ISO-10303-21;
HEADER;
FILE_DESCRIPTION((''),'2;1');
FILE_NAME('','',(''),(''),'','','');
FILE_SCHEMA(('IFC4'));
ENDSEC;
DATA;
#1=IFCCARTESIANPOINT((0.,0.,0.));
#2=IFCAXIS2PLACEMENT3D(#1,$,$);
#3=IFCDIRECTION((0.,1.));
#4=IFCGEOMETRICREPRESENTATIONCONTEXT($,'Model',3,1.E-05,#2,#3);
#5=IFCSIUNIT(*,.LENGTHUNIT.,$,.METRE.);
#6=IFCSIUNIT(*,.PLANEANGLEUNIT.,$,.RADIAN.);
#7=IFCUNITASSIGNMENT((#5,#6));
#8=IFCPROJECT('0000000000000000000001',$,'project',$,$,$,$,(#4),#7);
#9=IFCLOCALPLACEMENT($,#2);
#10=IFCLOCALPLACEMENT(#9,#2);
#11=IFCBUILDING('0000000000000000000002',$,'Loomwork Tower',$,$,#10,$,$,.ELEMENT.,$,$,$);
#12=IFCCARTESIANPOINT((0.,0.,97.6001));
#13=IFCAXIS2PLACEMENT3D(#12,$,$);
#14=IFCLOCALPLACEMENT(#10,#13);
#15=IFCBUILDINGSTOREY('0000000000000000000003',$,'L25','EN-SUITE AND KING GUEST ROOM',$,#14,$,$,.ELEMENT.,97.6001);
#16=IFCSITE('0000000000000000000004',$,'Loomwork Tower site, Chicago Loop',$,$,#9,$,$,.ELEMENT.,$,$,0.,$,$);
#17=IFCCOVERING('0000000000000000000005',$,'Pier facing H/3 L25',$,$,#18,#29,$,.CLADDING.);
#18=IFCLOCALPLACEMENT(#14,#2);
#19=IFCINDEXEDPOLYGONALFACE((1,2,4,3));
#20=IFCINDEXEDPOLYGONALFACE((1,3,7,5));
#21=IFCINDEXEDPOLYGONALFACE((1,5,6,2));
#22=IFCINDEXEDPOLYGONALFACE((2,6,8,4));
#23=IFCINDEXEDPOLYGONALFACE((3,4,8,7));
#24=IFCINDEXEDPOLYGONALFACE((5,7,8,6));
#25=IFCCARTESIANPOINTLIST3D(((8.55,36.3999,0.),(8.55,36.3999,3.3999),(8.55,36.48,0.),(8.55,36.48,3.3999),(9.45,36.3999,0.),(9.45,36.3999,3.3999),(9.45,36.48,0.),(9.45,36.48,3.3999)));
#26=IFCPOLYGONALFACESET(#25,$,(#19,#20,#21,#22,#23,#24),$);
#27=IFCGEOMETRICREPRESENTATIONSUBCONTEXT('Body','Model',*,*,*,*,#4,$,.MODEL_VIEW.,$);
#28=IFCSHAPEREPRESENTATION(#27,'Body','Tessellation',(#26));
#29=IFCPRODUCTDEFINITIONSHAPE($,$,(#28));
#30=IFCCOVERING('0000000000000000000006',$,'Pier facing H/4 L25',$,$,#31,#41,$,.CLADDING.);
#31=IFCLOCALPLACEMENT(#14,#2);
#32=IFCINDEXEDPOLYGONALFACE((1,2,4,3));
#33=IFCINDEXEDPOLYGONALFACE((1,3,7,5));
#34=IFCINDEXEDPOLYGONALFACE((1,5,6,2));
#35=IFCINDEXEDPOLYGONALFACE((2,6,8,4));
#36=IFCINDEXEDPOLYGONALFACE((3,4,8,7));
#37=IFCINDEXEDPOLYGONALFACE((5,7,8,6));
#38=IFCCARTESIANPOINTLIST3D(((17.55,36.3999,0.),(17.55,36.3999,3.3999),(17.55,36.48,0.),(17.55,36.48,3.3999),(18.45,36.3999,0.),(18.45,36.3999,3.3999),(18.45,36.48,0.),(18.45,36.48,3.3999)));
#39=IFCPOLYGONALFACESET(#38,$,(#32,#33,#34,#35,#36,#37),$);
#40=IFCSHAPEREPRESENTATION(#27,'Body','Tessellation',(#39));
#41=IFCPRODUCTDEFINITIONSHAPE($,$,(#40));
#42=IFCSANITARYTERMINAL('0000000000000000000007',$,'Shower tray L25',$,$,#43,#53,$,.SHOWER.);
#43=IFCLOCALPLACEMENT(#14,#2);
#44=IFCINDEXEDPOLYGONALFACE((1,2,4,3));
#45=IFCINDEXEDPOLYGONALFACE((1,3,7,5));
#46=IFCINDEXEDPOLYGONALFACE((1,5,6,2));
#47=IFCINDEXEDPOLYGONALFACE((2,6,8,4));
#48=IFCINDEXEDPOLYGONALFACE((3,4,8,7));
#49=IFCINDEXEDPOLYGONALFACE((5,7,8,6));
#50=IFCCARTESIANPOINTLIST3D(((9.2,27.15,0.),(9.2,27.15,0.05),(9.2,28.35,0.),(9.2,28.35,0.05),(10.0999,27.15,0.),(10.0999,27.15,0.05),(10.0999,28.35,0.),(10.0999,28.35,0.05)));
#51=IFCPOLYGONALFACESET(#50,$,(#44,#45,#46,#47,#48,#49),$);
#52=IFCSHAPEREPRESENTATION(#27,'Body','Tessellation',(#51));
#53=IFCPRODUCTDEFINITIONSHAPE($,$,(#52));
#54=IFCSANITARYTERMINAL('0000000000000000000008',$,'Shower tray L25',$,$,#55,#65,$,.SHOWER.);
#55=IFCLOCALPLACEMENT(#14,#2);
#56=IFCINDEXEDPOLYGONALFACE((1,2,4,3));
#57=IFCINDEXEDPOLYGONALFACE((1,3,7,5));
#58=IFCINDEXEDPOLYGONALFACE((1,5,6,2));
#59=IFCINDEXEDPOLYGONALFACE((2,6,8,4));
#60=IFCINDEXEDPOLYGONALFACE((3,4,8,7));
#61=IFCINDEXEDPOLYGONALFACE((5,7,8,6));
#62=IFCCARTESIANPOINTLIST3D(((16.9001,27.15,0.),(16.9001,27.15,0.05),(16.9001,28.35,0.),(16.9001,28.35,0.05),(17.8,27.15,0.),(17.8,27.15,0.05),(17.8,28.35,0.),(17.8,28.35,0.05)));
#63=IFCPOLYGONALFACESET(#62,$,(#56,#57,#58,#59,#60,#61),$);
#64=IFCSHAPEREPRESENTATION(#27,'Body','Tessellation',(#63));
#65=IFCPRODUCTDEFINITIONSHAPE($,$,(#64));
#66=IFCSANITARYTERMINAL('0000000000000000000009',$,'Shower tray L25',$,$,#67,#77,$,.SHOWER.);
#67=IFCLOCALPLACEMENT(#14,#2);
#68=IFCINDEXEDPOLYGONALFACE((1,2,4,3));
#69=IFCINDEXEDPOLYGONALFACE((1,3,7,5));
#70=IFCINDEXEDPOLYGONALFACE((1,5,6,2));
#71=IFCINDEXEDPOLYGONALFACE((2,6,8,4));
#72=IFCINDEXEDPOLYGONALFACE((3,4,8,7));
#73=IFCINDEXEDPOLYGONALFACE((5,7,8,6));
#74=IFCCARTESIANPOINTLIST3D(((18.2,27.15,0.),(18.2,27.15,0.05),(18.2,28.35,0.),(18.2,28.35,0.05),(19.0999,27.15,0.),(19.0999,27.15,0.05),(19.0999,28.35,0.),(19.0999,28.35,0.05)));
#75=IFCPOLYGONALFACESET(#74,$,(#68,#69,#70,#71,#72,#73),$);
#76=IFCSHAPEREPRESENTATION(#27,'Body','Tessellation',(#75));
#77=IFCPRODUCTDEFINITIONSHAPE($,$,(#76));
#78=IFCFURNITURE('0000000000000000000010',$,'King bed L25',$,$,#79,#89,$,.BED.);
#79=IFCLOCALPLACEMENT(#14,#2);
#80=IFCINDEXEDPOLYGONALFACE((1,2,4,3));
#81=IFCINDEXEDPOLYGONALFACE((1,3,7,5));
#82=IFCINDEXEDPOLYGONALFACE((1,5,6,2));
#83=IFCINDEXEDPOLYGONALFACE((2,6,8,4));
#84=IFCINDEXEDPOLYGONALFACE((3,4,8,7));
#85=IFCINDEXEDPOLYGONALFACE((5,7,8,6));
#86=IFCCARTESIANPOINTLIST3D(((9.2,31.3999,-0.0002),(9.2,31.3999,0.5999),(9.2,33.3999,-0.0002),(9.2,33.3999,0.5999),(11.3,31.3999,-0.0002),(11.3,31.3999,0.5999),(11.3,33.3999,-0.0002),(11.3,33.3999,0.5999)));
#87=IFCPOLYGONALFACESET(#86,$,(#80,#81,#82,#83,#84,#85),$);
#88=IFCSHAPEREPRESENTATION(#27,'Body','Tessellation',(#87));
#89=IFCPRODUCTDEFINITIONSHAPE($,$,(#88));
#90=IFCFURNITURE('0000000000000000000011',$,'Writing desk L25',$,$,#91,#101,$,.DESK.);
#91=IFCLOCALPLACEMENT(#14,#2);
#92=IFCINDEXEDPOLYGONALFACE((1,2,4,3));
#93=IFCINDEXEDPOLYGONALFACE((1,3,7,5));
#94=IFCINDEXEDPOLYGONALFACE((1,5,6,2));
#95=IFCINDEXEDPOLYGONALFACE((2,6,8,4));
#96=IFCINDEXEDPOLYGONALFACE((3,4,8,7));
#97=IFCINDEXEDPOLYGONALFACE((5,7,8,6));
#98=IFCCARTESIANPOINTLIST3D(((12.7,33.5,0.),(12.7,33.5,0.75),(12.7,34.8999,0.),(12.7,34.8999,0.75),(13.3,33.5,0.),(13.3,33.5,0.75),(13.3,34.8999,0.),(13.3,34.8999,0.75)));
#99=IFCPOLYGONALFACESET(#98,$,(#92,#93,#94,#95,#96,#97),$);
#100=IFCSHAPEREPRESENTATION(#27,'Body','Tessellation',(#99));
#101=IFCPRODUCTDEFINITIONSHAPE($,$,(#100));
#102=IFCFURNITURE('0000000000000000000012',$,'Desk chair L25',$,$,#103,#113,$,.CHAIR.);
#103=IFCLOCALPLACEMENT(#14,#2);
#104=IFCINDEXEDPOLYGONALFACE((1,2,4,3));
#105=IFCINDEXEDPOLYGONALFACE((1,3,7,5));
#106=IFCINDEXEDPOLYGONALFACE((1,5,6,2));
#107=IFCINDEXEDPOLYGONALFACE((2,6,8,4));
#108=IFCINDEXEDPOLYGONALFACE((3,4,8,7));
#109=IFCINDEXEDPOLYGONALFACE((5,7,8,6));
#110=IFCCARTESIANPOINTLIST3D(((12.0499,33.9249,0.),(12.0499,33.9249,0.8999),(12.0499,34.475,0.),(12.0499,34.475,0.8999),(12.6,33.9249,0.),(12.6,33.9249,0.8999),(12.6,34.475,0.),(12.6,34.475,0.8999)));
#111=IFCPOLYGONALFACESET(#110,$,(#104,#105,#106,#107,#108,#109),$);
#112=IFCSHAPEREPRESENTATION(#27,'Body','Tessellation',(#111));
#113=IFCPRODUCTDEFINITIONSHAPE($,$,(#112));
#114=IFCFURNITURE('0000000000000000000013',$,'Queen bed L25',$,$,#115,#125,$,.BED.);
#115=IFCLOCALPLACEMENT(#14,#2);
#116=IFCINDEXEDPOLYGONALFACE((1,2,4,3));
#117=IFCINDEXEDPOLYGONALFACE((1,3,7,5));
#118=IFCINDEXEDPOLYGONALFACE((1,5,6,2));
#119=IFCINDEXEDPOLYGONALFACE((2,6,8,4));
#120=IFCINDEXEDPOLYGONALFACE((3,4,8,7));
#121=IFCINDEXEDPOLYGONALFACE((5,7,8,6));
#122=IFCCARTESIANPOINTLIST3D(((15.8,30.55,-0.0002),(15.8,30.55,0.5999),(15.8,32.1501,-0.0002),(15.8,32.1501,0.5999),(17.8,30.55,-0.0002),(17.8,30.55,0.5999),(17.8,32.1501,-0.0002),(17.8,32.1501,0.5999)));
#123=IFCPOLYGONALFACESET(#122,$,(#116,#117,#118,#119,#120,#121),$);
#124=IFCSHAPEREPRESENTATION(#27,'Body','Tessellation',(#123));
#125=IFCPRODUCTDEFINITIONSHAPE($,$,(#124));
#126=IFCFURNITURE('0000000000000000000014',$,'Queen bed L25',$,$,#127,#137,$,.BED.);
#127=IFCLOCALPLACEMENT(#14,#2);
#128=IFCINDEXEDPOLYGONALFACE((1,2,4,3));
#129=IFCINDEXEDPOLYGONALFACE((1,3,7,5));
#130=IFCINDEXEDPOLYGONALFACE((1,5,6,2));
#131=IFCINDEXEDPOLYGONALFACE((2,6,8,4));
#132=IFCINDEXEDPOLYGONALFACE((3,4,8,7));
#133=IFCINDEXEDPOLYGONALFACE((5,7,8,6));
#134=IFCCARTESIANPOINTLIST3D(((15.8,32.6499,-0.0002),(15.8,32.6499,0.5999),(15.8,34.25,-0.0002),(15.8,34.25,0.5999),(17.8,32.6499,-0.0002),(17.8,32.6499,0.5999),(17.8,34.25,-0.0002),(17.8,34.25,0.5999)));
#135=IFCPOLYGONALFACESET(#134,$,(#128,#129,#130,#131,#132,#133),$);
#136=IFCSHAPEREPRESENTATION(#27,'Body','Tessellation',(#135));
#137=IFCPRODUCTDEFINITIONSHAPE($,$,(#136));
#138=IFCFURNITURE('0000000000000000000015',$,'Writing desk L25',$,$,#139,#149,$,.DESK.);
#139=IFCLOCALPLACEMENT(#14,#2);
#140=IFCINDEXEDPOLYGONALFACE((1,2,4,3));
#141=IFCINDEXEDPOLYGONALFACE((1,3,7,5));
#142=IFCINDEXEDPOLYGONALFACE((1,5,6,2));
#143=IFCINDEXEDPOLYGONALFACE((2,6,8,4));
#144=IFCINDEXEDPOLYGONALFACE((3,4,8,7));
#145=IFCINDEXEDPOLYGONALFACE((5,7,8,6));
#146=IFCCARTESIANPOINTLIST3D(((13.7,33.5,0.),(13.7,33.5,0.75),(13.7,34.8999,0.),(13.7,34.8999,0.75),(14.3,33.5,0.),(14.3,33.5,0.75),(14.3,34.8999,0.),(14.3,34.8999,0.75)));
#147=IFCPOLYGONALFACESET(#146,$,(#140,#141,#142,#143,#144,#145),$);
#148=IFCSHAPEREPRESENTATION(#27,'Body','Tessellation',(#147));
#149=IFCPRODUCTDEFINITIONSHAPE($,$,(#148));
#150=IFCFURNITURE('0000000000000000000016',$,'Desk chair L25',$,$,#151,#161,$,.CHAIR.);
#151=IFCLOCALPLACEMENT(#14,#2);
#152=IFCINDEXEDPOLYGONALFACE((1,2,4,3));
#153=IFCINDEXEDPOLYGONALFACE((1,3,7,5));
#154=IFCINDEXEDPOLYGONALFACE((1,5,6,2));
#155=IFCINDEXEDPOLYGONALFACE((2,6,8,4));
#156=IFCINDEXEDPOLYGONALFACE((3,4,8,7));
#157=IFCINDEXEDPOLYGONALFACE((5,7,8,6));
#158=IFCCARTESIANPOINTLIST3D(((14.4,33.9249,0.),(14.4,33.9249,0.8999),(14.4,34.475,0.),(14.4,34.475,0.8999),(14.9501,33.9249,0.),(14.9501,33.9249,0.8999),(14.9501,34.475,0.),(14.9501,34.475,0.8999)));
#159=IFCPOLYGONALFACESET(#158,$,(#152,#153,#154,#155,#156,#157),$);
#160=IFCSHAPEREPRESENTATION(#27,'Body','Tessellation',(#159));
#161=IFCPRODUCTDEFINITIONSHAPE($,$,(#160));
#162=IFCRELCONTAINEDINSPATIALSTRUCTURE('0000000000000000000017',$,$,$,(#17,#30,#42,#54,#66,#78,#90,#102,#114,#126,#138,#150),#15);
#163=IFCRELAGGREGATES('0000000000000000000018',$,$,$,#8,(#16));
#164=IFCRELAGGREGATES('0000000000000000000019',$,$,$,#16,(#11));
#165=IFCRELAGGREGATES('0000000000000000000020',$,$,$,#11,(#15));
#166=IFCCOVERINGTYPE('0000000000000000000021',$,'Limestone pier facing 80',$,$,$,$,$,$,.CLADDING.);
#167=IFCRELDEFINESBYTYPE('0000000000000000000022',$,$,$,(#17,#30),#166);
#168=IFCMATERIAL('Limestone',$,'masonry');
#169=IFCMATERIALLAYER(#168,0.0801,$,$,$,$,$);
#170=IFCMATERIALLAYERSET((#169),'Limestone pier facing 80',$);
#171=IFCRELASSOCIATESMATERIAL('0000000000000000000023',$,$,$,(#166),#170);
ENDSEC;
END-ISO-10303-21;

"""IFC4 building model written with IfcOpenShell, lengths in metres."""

from ifc_helpers import new_model, si_unit, direction, frame, origin, origin_2d, place, context, subcontext, project, spatial, rectangle, extrude, material, layer, layer_set, type_object, element, save


model = new_model("IFC4")

# Units and contexts
model_context = context("Model", 3, precision=1e-05, world=origin(), true_north=direction((0.0, 1.0)))
body_context = subcontext(model_context, "Body", "Model", "MODEL_VIEW")
ifc_project = project(units=[si_unit("LENGTHUNIT", "METRE"), si_unit("PLANEANGLEUNIT", "RADIAN")], contexts=[model_context])

# Site, building, storey
site_placement = place(None, origin())
site = spatial("IfcSite", under=ifc_project, at=site_placement, Name="Loomwork Tower site, Chicago Loop", CompositionType="ELEMENT", RefElevation=0.0)
building_placement = place(site_placement, origin())
building = spatial("IfcBuilding", under=site, at=building_placement, Name="Loomwork Tower", CompositionType="ELEMENT")
storey_placement = place(building_placement, frame((0.0, 0.0, 97.6001)))
storey = spatial("IfcBuildingStorey", under=building, at=storey_placement, Name="L25", Description="EN-SUITE AND KING GUEST ROOM", CompositionType="ELEMENT", Elevation=97.6001)

# Coverings
ifc_material_1 = material(Name="Limestone", Category="masonry")
ifc_layer_1 = layer(ifc_material_1, 0.0801)
ifc_layer_set_1 = layer_set([ifc_layer_1], Name="Limestone pier facing 80")
covering_type = type_object("IfcCoveringType", Name="Limestone pier facing 80", PredefinedType="CLADDING", material=ifc_layer_set_1)
for number, where, z_axis, x_axis, name in (
    (1, (9.0, 36.4399, 0.0), (0.0, 0.0, 1.0), (1.0, 0.0, 0.0), "Pier facing H/3 L25"),
    (2, (18.0, 36.4399, 0.0), (0.0, 0.0, 1.0), (1.0, 0.0, 0.0), "Pier facing H/4 L25"),
):
    element("IfcCovering", number, at=place(storey_placement, frame(where, z_axis=z_axis, x_axis=x_axis)), inside=storey, type_object=covering_type, Name=name, PredefinedType="CLADDING", context=body_context, shape_type="SweptSolid", body=[
        extrude(rectangle(XDim=0.8999, YDim=0.0801, at=origin_2d()), origin(), (0.0, 0.0, 1.0), 3.3999),
    ])

# Sanitary terminals
for number, where, z_axis, x_axis, name in (
    (3, (9.6499, 27.75, 0.0), (0.0, 0.0, 1.0), (1.0, 0.0, 0.0), "Shower tray L25"),
    (4, (17.3501, 27.75, 0.0), (0.0, 0.0, 1.0), (1.0, 0.0, 0.0), "Shower tray L25"),
    (5, (18.6499, 27.75, 0.0), (0.0, 0.0, 1.0), (1.0, 0.0, 0.0), "Shower tray L25"),
):
    element("IfcSanitaryTerminal", number, at=place(storey_placement, frame(where, z_axis=z_axis, x_axis=x_axis)), inside=storey, Name=name, PredefinedType="SHOWER", context=body_context, shape_type="SweptSolid", body=[
        extrude(rectangle(XDim=0.8999, YDim=1.2, at=origin_2d()), origin(), (0.0, 0.0, 1.0), 0.05),
    ])

# Furniture
furniture_1_placement = place(storey_placement, frame((10.25, 32.3999, -0.0002), z_axis=(0.0, 0.0, 1.0), x_axis=(1.0, 0.0, 0.0)))
element("IfcFurniture", 6, at=furniture_1_placement, inside=storey, Name="King bed L25", PredefinedType="BED", context=body_context, shape_type="SweptSolid", body=[
    extrude(rectangle(XDim=2.1001, YDim=2.0, at=origin_2d()), origin(), (0.0, 0.0, 1.0), 0.6001),
])
furniture_2_placement = place(storey_placement, frame((13.0, 34.2, 0.0), z_axis=(0.0, 0.0, 1.0), x_axis=(1.0, 0.0, 0.0)))
element("IfcFurniture", 7, at=furniture_2_placement, inside=storey, Name="Writing desk L25", PredefinedType="DESK", context=body_context, shape_type="SweptSolid", body=[
    extrude(rectangle(XDim=0.6001, YDim=1.3999, at=origin_2d()), origin(), (0.0, 0.0, 1.0), 0.75),
])
furniture_3_placement = place(storey_placement, frame((12.325, 34.2, 0.0), z_axis=(0.0, 0.0, 1.0), x_axis=(1.0, 0.0, 0.0)))
element("IfcFurniture", 8, at=furniture_3_placement, inside=storey, Name="Desk chair L25", PredefinedType="CHAIR", context=body_context, shape_type="SweptSolid", body=[
    extrude(rectangle(XDim=0.55, YDim=0.55, at=origin_2d()), origin(), (0.0, 0.0, 1.0), 0.8999),
])
for number, where, z_axis, x_axis, name in (
    (9, (16.8, 31.3501, -0.0002), (0.0, 0.0, 1.0), (1.0, 0.0, 0.0), "Queen bed L25"),
    (10, (16.8, 33.45, -0.0002), (0.0, 0.0, 1.0), (1.0, 0.0, 0.0), "Queen bed L25"),
):
    element("IfcFurniture", number, at=place(storey_placement, frame(where, z_axis=z_axis, x_axis=x_axis)), inside=storey, Name=name, PredefinedType="BED", context=body_context, shape_type="SweptSolid", body=[
        extrude(rectangle(XDim=2.0, YDim=1.6001, at=origin_2d()), origin(), (0.0, 0.0, 1.0), 0.6001),
    ])
furniture_4_placement = place(storey_placement, frame((14.0, 34.2, 0.0), z_axis=(0.0, 0.0, 1.0), x_axis=(1.0, 0.0, 0.0)))
element("IfcFurniture", 11, at=furniture_4_placement, inside=storey, Name="Writing desk L25", PredefinedType="DESK", context=body_context, shape_type="SweptSolid", body=[
    extrude(rectangle(XDim=0.6001, YDim=1.3999, at=origin_2d()), origin(), (0.0, 0.0, 1.0), 0.75),
])
furniture_5_placement = place(storey_placement, frame((14.675, 34.2, 0.0), z_axis=(0.0, 0.0, 1.0), x_axis=(1.0, 0.0, 0.0)))
element("IfcFurniture", 12, at=furniture_5_placement, inside=storey, Name="Desk chair L25", PredefinedType="CHAIR", context=body_context, shape_type="SweptSolid", body=[
    extrude(rectangle(XDim=0.55, YDim=0.55, at=origin_2d()), origin(), (0.0, 0.0, 1.0), 0.8999),
])

save(model, "model.ifc")
